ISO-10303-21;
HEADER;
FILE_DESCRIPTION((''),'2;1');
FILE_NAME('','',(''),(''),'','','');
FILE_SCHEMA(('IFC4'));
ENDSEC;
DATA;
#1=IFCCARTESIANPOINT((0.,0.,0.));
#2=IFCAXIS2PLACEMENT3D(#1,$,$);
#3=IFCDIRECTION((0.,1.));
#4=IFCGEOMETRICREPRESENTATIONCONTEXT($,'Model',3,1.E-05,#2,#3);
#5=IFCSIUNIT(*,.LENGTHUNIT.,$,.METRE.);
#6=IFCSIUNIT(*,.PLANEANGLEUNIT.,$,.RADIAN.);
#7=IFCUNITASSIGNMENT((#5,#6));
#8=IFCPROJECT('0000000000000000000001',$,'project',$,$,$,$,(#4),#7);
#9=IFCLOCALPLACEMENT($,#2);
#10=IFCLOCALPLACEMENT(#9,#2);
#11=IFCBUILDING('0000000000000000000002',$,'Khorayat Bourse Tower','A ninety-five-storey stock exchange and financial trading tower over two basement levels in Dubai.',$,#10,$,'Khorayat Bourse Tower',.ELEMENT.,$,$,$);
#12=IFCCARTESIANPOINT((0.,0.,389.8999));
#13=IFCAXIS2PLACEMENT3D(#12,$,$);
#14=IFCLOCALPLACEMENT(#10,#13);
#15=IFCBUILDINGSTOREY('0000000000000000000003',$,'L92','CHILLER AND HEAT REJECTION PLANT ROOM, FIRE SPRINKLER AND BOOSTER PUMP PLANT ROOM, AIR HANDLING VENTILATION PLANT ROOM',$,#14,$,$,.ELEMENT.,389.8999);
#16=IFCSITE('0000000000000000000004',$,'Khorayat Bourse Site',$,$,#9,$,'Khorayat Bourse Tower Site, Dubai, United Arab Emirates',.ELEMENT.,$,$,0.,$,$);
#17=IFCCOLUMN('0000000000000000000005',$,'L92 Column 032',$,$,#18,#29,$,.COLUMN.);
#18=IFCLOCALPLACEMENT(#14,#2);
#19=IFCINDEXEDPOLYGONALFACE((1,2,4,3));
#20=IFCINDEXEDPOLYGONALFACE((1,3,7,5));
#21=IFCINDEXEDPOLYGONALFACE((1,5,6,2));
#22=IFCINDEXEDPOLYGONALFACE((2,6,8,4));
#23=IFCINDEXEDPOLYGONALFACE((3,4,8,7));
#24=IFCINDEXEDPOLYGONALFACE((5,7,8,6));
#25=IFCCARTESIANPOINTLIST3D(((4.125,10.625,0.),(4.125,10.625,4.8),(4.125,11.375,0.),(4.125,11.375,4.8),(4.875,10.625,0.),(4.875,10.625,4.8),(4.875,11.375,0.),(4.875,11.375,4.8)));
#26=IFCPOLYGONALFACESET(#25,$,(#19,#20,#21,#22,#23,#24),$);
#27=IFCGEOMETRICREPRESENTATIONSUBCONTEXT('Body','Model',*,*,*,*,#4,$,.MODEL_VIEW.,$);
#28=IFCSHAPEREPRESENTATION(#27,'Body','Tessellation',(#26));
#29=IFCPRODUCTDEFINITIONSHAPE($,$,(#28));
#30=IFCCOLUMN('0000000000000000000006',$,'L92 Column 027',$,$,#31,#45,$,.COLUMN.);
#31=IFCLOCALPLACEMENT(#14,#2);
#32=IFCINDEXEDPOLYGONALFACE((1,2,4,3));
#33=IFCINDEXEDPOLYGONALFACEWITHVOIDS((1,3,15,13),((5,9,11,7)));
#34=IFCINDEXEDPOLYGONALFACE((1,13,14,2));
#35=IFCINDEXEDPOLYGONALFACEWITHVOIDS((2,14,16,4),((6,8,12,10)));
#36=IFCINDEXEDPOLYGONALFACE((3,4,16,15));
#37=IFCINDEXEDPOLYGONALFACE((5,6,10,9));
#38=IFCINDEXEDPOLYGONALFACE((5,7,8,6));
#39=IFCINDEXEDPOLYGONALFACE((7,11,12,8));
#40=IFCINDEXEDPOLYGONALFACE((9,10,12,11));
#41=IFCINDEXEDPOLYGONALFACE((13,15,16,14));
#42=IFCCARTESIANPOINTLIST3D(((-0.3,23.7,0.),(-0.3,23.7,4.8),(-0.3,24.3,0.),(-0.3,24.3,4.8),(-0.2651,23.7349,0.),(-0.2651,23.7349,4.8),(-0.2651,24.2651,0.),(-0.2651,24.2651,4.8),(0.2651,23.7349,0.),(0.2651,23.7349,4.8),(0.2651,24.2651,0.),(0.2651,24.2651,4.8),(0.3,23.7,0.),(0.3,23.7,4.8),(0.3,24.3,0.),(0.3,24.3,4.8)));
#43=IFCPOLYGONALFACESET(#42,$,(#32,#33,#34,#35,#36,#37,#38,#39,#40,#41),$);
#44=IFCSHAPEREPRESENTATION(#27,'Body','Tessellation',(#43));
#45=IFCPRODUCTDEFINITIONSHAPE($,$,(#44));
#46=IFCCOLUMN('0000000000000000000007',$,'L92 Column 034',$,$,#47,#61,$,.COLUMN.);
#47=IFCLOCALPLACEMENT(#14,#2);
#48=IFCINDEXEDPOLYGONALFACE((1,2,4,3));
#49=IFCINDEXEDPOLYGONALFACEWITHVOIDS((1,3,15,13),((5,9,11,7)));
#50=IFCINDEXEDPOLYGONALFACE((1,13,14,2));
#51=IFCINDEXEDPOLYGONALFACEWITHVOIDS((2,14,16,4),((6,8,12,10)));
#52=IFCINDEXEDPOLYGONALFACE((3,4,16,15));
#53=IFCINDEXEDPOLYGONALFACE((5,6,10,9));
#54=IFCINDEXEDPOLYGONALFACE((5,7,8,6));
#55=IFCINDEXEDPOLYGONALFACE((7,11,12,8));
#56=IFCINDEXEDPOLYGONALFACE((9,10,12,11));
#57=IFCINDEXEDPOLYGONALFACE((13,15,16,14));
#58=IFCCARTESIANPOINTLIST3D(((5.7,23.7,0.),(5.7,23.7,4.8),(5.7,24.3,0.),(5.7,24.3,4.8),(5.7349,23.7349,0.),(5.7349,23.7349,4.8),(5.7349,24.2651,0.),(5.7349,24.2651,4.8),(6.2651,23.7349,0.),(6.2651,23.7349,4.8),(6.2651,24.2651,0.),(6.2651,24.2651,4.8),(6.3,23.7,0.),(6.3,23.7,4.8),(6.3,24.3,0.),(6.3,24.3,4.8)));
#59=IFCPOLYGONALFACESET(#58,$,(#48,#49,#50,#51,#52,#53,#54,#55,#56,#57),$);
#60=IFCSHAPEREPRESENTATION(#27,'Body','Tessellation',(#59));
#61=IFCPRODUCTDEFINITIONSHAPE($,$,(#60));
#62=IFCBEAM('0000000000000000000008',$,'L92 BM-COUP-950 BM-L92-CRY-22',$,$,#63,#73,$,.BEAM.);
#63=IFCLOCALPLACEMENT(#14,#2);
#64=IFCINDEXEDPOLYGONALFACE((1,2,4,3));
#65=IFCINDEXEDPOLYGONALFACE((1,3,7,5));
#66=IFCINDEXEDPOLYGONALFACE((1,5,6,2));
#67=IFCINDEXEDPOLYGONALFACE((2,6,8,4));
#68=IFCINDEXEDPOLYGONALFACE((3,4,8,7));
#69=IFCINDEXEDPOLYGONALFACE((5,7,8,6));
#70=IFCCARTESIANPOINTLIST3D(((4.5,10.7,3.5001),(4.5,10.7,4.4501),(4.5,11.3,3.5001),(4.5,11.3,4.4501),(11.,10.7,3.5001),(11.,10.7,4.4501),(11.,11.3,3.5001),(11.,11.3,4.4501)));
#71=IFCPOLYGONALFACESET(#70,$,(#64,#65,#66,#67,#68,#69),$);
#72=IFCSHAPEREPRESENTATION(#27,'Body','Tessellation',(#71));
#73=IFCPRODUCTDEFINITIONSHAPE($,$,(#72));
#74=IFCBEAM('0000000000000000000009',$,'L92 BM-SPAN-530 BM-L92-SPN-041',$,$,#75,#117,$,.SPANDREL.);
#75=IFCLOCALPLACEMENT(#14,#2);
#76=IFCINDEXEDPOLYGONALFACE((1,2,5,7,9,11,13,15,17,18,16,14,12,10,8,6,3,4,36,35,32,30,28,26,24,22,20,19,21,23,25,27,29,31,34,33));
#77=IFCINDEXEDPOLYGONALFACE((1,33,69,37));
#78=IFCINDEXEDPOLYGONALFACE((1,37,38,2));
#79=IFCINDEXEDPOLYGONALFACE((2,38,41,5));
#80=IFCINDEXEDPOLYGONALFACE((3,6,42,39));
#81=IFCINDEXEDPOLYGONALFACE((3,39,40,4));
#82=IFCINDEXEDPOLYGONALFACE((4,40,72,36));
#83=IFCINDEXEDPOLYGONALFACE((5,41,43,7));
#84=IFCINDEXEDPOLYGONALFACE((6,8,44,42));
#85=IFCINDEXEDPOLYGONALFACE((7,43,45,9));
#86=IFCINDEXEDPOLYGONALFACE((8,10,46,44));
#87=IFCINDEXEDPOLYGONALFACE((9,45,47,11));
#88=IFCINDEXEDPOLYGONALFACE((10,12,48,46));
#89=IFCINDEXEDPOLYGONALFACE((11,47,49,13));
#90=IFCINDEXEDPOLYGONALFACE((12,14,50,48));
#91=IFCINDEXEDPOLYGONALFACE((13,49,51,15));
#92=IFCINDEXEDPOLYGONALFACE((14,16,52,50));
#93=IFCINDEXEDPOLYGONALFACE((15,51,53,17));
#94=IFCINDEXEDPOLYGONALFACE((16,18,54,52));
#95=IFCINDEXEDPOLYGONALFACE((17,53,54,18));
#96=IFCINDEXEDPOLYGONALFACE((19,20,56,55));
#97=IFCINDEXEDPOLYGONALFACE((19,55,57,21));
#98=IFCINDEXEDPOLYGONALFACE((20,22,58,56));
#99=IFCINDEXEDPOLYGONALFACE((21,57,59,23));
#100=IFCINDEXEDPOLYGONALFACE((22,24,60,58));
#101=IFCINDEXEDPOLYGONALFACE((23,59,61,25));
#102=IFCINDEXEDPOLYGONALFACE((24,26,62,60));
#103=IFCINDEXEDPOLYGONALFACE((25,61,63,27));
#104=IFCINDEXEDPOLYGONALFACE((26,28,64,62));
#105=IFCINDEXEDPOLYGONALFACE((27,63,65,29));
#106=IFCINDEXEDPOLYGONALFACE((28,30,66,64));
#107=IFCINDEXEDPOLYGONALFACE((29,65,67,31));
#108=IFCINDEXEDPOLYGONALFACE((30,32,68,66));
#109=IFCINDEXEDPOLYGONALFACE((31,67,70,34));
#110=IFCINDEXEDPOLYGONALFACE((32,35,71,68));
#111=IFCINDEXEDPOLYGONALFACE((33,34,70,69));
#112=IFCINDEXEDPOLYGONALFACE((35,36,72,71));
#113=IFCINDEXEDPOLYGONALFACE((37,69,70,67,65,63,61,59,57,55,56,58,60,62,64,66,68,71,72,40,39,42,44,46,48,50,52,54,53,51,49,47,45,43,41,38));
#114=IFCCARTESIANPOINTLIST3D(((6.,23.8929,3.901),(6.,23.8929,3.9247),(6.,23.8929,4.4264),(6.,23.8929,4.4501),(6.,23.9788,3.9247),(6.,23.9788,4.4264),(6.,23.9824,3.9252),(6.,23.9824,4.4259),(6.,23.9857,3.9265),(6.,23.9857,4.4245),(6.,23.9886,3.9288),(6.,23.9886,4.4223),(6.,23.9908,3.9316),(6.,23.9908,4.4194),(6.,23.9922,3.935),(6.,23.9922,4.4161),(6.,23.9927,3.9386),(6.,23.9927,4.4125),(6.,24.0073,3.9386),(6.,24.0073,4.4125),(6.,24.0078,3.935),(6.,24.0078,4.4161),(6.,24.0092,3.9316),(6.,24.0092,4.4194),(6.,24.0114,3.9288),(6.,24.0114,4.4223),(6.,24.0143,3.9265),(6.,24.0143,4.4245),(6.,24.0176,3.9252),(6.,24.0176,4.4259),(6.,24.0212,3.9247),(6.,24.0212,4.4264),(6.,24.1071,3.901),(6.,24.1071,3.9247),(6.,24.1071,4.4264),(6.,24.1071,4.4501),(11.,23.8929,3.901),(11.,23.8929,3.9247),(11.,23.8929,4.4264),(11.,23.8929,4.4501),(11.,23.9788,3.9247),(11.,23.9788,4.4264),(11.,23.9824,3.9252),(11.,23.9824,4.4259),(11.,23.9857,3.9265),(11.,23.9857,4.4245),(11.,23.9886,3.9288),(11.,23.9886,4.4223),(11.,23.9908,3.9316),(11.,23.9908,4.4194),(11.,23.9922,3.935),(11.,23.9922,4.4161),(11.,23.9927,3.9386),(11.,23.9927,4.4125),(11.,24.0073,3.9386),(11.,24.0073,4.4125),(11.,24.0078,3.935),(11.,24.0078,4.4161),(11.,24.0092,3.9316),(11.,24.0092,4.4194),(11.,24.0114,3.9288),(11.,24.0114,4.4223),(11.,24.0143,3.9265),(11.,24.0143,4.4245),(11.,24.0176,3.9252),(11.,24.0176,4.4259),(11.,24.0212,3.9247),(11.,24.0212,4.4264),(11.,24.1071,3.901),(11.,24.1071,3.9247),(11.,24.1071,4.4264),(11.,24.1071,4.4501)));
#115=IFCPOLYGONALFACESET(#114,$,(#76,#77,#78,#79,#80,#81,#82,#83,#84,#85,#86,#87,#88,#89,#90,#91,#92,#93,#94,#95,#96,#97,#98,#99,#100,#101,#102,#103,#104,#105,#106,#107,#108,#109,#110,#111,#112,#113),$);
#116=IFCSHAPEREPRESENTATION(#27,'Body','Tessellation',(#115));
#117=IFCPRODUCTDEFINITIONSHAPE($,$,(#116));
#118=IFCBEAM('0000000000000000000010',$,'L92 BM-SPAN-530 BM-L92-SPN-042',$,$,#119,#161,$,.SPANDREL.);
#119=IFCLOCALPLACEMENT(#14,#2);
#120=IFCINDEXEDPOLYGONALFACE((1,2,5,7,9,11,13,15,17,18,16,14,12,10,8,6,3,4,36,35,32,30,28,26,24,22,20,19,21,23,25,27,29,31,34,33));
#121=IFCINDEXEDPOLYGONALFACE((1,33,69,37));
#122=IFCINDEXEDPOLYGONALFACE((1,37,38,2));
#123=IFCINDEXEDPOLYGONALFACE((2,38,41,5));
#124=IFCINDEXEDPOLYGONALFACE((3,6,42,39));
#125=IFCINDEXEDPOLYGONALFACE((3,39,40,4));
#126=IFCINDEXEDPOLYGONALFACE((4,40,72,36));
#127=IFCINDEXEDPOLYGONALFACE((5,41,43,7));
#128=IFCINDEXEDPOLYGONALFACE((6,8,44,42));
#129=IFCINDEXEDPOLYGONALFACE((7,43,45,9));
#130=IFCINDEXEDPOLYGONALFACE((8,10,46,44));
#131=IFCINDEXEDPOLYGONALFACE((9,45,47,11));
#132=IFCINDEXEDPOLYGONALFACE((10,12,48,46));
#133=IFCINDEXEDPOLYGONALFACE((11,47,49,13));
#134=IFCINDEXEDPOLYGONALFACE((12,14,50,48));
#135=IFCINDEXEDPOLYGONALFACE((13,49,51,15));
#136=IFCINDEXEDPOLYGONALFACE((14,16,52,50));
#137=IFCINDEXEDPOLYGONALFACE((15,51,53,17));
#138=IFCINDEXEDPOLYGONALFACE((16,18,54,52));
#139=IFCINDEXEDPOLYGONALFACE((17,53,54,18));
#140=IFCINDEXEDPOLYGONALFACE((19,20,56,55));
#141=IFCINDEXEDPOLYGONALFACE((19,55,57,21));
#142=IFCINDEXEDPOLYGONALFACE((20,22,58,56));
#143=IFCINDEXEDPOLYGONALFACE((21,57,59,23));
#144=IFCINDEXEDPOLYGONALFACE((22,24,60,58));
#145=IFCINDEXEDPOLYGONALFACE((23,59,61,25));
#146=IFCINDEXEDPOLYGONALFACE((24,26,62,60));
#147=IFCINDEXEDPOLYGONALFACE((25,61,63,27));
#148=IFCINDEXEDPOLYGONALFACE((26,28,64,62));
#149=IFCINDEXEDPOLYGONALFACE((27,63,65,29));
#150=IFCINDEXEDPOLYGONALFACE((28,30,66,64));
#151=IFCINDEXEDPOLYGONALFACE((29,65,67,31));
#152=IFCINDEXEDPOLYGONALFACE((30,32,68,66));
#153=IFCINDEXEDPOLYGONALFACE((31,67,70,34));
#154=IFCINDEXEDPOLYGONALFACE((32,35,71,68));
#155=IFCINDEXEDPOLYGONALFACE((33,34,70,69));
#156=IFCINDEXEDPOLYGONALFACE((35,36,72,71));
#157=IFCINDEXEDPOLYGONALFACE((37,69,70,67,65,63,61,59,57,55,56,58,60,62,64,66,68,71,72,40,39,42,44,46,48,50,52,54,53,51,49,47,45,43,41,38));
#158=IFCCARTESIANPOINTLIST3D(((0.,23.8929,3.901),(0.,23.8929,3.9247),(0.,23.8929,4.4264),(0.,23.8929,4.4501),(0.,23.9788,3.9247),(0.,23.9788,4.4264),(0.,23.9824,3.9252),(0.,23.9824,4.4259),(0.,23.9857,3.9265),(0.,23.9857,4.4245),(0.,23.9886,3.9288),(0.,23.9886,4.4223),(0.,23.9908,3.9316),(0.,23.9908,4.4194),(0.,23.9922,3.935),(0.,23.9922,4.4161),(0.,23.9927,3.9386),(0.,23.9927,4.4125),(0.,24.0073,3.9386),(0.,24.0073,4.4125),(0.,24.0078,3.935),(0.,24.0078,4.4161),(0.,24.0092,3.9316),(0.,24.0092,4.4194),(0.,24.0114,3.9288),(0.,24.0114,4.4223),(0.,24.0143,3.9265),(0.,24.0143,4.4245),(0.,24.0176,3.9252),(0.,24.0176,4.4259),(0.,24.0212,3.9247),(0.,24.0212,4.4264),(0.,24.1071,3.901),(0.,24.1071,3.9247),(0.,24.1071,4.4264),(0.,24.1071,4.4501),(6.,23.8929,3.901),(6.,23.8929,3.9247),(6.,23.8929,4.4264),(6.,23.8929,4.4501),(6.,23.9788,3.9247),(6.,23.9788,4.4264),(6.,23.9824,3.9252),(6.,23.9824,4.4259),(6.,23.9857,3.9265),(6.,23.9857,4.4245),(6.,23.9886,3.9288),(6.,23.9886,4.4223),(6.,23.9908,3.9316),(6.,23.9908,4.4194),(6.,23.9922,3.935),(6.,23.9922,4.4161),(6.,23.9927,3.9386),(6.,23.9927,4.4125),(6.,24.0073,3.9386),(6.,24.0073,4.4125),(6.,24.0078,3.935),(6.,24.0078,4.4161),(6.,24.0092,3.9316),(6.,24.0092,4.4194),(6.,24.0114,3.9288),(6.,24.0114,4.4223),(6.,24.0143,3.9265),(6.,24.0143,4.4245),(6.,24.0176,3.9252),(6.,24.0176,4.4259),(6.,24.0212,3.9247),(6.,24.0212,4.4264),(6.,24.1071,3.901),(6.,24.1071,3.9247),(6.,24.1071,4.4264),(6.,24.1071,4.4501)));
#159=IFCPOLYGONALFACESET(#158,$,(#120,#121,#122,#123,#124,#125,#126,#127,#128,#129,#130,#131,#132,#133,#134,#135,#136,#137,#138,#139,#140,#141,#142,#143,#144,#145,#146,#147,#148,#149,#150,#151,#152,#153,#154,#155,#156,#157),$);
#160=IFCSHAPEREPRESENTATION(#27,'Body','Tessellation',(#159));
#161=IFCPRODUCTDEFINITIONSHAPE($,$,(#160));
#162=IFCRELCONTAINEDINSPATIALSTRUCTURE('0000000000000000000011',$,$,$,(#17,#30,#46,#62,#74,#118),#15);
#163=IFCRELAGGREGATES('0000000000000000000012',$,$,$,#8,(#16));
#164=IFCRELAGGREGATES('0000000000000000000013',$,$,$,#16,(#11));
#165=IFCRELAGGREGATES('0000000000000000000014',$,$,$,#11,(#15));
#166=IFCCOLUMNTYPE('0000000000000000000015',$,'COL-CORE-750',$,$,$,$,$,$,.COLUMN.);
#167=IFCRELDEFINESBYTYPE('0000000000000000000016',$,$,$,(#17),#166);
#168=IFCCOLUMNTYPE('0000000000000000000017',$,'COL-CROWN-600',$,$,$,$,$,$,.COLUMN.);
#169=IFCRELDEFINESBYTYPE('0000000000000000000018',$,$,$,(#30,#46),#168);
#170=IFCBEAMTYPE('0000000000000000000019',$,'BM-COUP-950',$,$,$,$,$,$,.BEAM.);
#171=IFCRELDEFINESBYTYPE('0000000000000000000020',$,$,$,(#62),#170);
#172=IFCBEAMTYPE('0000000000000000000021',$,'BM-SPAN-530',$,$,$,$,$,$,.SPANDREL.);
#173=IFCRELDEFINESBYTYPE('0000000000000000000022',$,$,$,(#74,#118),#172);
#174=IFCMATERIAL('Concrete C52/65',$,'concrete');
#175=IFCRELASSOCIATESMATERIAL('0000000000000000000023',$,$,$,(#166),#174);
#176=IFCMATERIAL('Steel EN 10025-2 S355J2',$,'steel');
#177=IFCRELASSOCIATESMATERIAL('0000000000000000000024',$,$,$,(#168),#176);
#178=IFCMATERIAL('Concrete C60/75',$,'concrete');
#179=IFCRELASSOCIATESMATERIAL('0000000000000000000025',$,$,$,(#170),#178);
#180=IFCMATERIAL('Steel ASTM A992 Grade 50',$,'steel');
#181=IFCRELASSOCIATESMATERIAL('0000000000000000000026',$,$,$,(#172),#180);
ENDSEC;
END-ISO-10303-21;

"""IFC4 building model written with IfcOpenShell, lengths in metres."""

from ifc_helpers import new_model, si_unit, direction, frame, origin, origin_2d, place, context, subcontext, project, spatial, rectangle, hollow_rectangle, i_section, extrude, source, transform, mapped, material, material_profile, profile_set, type_object, element, save


model = new_model("IFC4")

# Units and contexts
model_context = context("Model", 3, precision=1e-05, world=origin(), true_north=direction((0.0, 1.0)))
body_context = subcontext(model_context, "Body", "Model", "MODEL_VIEW")
ifc_project = project(units=[si_unit("LENGTHUNIT", "METRE"), si_unit("PLANEANGLEUNIT", "RADIAN")], contexts=[model_context])

# Site, building, storey
site_placement = place(None, origin())
site = spatial("IfcSite", under=ifc_project, at=site_placement, Name="Khorayat Bourse Site", LongName="Khorayat Bourse Tower Site, Dubai, United Arab Emirates", CompositionType="ELEMENT", RefElevation=0.0)
building_placement = place(site_placement, origin())
building = spatial("IfcBuilding", under=site, at=building_placement, Name="Khorayat Bourse Tower", Description="A ninety-five-storey stock exchange and financial trading tower over two basement levels in Dubai.", LongName="Khorayat Bourse Tower", CompositionType="ELEMENT")
storey_placement = place(building_placement, frame((0.0, 0.0, 389.8999)))
storey = spatial("IfcBuildingStorey", under=building, at=storey_placement, Name="L92", Description="CHILLER AND HEAT REJECTION PLANT ROOM, FIRE SPRINKLER AND BOOSTER PUMP PLANT ROOM, AIR HANDLING VENTILATION PLANT ROOM", CompositionType="ELEMENT", Elevation=389.8999)

# Columns
ifc_material_1 = material(Name="Concrete C52/65", Category="concrete")
ifc_material_profile_1 = material_profile(ifc_material_1, rectangle(XDim=0.75, YDim=0.75, at=origin_2d()), Name="RC 750x750")
ifc_profile_set_1 = profile_set([ifc_material_profile_1], Name="Concrete C52/65")
column_type_1 = type_object("IfcColumnType", Name="COL-CORE-750", PredefinedType="COLUMN", material=ifc_profile_set_1)
shared_shape_1 = source(origin(), body_context, "Body", "SweptSolid", [
    extrude(rectangle(XDim=0.75, YDim=0.75, at=origin_2d()), origin(), (0.0, 0.0, 1.0), 4.8),
])
column_placement = place(storey_placement, frame((4.5, 11.0, 0.0), z_axis=(0.0, 0.0, 1.0), x_axis=(1.0, 0.0, 0.0)))
element("IfcColumn", 1, at=column_placement, inside=storey, type_object=column_type_1, Name="L92 Column 032", PredefinedType="COLUMN", context=body_context, shape_type="MappedRepresentation", body=[
    mapped(shared_shape_1, transform((0.0, 0.0, 0.0), scale=1.0)),
])
ifc_material_2 = material(Name="Steel EN 10025-2 S355J2", Category="steel")
ifc_material_profile_2 = material_profile(ifc_material_2, hollow_rectangle(XDim=0.6001, YDim=0.6001, WallThickness=0.0349, at=origin_2d()), Name="BOX 600x600x35")
ifc_profile_set_2 = profile_set([ifc_material_profile_2], Name="Steel EN 10025-2 S355J2")
column_type_2 = type_object("IfcColumnType", Name="COL-CROWN-600", PredefinedType="COLUMN", material=ifc_profile_set_2)
shared_shape_2 = source(origin(), body_context, "Body", "SweptSolid", [
    extrude(hollow_rectangle(XDim=0.6001, YDim=0.6001, WallThickness=0.0349, at=origin_2d()), origin(), (0.0, 0.0, 1.0), 4.8),
])
for number, where, z_axis, x_axis, name in (
    (2, (0.0, 24.0, 0.0), (0.0, 0.0, 1.0), (1.0, 0.0, 0.0), "L92 Column 027"),
    (3, (6.0, 24.0, 0.0), (0.0, 0.0, 1.0), (1.0, 0.0, 0.0), "L92 Column 034"),
):
    element("IfcColumn", number, at=place(storey_placement, frame(where, z_axis=z_axis, x_axis=x_axis)), inside=storey, type_object=column_type_2, Name=name, PredefinedType="COLUMN", context=body_context, shape_type="MappedRepresentation", body=[
        mapped(shared_shape_2, transform((0.0, 0.0, 0.0), scale=1.0)),
    ])

# Beams
ifc_material_3 = material(Name="Concrete C60/75", Category="concrete")
ifc_material_profile_3 = material_profile(ifc_material_3, rectangle(XDim=0.6001, YDim=0.95, at=origin_2d()), Name="RC 600x950")
ifc_profile_set_3 = profile_set([ifc_material_profile_3], Name="Concrete C60/75")
beam_type_1 = type_object("IfcBeamType", Name="BM-COUP-950", PredefinedType="BEAM", material=ifc_profile_set_3)
shared_shape_3 = source(origin(), body_context, "Body", "SweptSolid", [
    extrude(rectangle(XDim=0.6001, YDim=0.95, at=origin_2d()), origin(), (0.0, 0.0, 1.0), 6.5),
])
beam_1_placement = place(storey_placement, frame((4.5, 11.0, 3.9751), z_axis=(1.0, 0.0, 0.0), x_axis=(0.0, 1.0, 0.0)))
element("IfcBeam", 4, at=beam_1_placement, inside=storey, type_object=beam_type_1, Name="L92 BM-COUP-950 BM-L92-CRY-22", PredefinedType="BEAM", context=body_context, shape_type="MappedRepresentation", body=[
    mapped(shared_shape_3, transform((0.0, 0.0, 0.0), scale=1.0)),
])
ifc_material_4 = material(Name="Steel ASTM A992 Grade 50", Category="steel")
ifc_material_profile_4 = material_profile(ifc_material_4, i_section(OverallWidth=0.2141, OverallDepth=0.5491, WebThickness=0.0146, FlangeThickness=0.0237, FilletRadius=0.0139, at=origin_2d()), Name="W530X138")
ifc_profile_set_4 = profile_set([ifc_material_profile_4], Name="Steel ASTM A992 Grade 50")
beam_type_2 = type_object("IfcBeamType", Name="BM-SPAN-530", PredefinedType="SPANDREL", material=ifc_profile_set_4)
shared_shape_4 = source(origin(), body_context, "Body", "SweptSolid", [
    extrude(i_section(OverallWidth=0.2141, OverallDepth=0.5491, WebThickness=0.0146, FlangeThickness=0.0237, FilletRadius=0.0139, at=origin_2d()), origin(), (0.0, 0.0, 1.0), 5.0),
])
beam_2_placement = place(storey_placement, frame((6.0, 24.0, 4.1755), z_axis=(1.0, 0.0, 0.0), x_axis=(0.0, 1.0, 0.0)))
element("IfcBeam", 5, at=beam_2_placement, inside=storey, type_object=beam_type_2, Name="L92 BM-SPAN-530 BM-L92-SPN-041", PredefinedType="SPANDREL", context=body_context, shape_type="MappedRepresentation", body=[
    mapped(shared_shape_4, transform((0.0, 0.0, 0.0), scale=1.0)),
])
shared_shape_5 = source(origin(), body_context, "Body", "SweptSolid", [
    extrude(i_section(OverallWidth=0.2141, OverallDepth=0.5491, WebThickness=0.0146, FlangeThickness=0.0237, FilletRadius=0.0139, at=origin_2d()), origin(), (0.0, 0.0, 1.0), 6.0),
])
beam_3_placement = place(storey_placement, frame((0.0, 24.0, 4.1755), z_axis=(1.0, 0.0, 0.0), x_axis=(0.0, 1.0, 0.0)))
element("IfcBeam", 6, at=beam_3_placement, inside=storey, type_object=beam_type_2, Name="L92 BM-SPAN-530 BM-L92-SPN-042", PredefinedType="SPANDREL", context=body_context, shape_type="MappedRepresentation", body=[
    mapped(shared_shape_5, transform((0.0, 0.0, 0.0), scale=1.0)),
])

save(model, "model.ifc")
